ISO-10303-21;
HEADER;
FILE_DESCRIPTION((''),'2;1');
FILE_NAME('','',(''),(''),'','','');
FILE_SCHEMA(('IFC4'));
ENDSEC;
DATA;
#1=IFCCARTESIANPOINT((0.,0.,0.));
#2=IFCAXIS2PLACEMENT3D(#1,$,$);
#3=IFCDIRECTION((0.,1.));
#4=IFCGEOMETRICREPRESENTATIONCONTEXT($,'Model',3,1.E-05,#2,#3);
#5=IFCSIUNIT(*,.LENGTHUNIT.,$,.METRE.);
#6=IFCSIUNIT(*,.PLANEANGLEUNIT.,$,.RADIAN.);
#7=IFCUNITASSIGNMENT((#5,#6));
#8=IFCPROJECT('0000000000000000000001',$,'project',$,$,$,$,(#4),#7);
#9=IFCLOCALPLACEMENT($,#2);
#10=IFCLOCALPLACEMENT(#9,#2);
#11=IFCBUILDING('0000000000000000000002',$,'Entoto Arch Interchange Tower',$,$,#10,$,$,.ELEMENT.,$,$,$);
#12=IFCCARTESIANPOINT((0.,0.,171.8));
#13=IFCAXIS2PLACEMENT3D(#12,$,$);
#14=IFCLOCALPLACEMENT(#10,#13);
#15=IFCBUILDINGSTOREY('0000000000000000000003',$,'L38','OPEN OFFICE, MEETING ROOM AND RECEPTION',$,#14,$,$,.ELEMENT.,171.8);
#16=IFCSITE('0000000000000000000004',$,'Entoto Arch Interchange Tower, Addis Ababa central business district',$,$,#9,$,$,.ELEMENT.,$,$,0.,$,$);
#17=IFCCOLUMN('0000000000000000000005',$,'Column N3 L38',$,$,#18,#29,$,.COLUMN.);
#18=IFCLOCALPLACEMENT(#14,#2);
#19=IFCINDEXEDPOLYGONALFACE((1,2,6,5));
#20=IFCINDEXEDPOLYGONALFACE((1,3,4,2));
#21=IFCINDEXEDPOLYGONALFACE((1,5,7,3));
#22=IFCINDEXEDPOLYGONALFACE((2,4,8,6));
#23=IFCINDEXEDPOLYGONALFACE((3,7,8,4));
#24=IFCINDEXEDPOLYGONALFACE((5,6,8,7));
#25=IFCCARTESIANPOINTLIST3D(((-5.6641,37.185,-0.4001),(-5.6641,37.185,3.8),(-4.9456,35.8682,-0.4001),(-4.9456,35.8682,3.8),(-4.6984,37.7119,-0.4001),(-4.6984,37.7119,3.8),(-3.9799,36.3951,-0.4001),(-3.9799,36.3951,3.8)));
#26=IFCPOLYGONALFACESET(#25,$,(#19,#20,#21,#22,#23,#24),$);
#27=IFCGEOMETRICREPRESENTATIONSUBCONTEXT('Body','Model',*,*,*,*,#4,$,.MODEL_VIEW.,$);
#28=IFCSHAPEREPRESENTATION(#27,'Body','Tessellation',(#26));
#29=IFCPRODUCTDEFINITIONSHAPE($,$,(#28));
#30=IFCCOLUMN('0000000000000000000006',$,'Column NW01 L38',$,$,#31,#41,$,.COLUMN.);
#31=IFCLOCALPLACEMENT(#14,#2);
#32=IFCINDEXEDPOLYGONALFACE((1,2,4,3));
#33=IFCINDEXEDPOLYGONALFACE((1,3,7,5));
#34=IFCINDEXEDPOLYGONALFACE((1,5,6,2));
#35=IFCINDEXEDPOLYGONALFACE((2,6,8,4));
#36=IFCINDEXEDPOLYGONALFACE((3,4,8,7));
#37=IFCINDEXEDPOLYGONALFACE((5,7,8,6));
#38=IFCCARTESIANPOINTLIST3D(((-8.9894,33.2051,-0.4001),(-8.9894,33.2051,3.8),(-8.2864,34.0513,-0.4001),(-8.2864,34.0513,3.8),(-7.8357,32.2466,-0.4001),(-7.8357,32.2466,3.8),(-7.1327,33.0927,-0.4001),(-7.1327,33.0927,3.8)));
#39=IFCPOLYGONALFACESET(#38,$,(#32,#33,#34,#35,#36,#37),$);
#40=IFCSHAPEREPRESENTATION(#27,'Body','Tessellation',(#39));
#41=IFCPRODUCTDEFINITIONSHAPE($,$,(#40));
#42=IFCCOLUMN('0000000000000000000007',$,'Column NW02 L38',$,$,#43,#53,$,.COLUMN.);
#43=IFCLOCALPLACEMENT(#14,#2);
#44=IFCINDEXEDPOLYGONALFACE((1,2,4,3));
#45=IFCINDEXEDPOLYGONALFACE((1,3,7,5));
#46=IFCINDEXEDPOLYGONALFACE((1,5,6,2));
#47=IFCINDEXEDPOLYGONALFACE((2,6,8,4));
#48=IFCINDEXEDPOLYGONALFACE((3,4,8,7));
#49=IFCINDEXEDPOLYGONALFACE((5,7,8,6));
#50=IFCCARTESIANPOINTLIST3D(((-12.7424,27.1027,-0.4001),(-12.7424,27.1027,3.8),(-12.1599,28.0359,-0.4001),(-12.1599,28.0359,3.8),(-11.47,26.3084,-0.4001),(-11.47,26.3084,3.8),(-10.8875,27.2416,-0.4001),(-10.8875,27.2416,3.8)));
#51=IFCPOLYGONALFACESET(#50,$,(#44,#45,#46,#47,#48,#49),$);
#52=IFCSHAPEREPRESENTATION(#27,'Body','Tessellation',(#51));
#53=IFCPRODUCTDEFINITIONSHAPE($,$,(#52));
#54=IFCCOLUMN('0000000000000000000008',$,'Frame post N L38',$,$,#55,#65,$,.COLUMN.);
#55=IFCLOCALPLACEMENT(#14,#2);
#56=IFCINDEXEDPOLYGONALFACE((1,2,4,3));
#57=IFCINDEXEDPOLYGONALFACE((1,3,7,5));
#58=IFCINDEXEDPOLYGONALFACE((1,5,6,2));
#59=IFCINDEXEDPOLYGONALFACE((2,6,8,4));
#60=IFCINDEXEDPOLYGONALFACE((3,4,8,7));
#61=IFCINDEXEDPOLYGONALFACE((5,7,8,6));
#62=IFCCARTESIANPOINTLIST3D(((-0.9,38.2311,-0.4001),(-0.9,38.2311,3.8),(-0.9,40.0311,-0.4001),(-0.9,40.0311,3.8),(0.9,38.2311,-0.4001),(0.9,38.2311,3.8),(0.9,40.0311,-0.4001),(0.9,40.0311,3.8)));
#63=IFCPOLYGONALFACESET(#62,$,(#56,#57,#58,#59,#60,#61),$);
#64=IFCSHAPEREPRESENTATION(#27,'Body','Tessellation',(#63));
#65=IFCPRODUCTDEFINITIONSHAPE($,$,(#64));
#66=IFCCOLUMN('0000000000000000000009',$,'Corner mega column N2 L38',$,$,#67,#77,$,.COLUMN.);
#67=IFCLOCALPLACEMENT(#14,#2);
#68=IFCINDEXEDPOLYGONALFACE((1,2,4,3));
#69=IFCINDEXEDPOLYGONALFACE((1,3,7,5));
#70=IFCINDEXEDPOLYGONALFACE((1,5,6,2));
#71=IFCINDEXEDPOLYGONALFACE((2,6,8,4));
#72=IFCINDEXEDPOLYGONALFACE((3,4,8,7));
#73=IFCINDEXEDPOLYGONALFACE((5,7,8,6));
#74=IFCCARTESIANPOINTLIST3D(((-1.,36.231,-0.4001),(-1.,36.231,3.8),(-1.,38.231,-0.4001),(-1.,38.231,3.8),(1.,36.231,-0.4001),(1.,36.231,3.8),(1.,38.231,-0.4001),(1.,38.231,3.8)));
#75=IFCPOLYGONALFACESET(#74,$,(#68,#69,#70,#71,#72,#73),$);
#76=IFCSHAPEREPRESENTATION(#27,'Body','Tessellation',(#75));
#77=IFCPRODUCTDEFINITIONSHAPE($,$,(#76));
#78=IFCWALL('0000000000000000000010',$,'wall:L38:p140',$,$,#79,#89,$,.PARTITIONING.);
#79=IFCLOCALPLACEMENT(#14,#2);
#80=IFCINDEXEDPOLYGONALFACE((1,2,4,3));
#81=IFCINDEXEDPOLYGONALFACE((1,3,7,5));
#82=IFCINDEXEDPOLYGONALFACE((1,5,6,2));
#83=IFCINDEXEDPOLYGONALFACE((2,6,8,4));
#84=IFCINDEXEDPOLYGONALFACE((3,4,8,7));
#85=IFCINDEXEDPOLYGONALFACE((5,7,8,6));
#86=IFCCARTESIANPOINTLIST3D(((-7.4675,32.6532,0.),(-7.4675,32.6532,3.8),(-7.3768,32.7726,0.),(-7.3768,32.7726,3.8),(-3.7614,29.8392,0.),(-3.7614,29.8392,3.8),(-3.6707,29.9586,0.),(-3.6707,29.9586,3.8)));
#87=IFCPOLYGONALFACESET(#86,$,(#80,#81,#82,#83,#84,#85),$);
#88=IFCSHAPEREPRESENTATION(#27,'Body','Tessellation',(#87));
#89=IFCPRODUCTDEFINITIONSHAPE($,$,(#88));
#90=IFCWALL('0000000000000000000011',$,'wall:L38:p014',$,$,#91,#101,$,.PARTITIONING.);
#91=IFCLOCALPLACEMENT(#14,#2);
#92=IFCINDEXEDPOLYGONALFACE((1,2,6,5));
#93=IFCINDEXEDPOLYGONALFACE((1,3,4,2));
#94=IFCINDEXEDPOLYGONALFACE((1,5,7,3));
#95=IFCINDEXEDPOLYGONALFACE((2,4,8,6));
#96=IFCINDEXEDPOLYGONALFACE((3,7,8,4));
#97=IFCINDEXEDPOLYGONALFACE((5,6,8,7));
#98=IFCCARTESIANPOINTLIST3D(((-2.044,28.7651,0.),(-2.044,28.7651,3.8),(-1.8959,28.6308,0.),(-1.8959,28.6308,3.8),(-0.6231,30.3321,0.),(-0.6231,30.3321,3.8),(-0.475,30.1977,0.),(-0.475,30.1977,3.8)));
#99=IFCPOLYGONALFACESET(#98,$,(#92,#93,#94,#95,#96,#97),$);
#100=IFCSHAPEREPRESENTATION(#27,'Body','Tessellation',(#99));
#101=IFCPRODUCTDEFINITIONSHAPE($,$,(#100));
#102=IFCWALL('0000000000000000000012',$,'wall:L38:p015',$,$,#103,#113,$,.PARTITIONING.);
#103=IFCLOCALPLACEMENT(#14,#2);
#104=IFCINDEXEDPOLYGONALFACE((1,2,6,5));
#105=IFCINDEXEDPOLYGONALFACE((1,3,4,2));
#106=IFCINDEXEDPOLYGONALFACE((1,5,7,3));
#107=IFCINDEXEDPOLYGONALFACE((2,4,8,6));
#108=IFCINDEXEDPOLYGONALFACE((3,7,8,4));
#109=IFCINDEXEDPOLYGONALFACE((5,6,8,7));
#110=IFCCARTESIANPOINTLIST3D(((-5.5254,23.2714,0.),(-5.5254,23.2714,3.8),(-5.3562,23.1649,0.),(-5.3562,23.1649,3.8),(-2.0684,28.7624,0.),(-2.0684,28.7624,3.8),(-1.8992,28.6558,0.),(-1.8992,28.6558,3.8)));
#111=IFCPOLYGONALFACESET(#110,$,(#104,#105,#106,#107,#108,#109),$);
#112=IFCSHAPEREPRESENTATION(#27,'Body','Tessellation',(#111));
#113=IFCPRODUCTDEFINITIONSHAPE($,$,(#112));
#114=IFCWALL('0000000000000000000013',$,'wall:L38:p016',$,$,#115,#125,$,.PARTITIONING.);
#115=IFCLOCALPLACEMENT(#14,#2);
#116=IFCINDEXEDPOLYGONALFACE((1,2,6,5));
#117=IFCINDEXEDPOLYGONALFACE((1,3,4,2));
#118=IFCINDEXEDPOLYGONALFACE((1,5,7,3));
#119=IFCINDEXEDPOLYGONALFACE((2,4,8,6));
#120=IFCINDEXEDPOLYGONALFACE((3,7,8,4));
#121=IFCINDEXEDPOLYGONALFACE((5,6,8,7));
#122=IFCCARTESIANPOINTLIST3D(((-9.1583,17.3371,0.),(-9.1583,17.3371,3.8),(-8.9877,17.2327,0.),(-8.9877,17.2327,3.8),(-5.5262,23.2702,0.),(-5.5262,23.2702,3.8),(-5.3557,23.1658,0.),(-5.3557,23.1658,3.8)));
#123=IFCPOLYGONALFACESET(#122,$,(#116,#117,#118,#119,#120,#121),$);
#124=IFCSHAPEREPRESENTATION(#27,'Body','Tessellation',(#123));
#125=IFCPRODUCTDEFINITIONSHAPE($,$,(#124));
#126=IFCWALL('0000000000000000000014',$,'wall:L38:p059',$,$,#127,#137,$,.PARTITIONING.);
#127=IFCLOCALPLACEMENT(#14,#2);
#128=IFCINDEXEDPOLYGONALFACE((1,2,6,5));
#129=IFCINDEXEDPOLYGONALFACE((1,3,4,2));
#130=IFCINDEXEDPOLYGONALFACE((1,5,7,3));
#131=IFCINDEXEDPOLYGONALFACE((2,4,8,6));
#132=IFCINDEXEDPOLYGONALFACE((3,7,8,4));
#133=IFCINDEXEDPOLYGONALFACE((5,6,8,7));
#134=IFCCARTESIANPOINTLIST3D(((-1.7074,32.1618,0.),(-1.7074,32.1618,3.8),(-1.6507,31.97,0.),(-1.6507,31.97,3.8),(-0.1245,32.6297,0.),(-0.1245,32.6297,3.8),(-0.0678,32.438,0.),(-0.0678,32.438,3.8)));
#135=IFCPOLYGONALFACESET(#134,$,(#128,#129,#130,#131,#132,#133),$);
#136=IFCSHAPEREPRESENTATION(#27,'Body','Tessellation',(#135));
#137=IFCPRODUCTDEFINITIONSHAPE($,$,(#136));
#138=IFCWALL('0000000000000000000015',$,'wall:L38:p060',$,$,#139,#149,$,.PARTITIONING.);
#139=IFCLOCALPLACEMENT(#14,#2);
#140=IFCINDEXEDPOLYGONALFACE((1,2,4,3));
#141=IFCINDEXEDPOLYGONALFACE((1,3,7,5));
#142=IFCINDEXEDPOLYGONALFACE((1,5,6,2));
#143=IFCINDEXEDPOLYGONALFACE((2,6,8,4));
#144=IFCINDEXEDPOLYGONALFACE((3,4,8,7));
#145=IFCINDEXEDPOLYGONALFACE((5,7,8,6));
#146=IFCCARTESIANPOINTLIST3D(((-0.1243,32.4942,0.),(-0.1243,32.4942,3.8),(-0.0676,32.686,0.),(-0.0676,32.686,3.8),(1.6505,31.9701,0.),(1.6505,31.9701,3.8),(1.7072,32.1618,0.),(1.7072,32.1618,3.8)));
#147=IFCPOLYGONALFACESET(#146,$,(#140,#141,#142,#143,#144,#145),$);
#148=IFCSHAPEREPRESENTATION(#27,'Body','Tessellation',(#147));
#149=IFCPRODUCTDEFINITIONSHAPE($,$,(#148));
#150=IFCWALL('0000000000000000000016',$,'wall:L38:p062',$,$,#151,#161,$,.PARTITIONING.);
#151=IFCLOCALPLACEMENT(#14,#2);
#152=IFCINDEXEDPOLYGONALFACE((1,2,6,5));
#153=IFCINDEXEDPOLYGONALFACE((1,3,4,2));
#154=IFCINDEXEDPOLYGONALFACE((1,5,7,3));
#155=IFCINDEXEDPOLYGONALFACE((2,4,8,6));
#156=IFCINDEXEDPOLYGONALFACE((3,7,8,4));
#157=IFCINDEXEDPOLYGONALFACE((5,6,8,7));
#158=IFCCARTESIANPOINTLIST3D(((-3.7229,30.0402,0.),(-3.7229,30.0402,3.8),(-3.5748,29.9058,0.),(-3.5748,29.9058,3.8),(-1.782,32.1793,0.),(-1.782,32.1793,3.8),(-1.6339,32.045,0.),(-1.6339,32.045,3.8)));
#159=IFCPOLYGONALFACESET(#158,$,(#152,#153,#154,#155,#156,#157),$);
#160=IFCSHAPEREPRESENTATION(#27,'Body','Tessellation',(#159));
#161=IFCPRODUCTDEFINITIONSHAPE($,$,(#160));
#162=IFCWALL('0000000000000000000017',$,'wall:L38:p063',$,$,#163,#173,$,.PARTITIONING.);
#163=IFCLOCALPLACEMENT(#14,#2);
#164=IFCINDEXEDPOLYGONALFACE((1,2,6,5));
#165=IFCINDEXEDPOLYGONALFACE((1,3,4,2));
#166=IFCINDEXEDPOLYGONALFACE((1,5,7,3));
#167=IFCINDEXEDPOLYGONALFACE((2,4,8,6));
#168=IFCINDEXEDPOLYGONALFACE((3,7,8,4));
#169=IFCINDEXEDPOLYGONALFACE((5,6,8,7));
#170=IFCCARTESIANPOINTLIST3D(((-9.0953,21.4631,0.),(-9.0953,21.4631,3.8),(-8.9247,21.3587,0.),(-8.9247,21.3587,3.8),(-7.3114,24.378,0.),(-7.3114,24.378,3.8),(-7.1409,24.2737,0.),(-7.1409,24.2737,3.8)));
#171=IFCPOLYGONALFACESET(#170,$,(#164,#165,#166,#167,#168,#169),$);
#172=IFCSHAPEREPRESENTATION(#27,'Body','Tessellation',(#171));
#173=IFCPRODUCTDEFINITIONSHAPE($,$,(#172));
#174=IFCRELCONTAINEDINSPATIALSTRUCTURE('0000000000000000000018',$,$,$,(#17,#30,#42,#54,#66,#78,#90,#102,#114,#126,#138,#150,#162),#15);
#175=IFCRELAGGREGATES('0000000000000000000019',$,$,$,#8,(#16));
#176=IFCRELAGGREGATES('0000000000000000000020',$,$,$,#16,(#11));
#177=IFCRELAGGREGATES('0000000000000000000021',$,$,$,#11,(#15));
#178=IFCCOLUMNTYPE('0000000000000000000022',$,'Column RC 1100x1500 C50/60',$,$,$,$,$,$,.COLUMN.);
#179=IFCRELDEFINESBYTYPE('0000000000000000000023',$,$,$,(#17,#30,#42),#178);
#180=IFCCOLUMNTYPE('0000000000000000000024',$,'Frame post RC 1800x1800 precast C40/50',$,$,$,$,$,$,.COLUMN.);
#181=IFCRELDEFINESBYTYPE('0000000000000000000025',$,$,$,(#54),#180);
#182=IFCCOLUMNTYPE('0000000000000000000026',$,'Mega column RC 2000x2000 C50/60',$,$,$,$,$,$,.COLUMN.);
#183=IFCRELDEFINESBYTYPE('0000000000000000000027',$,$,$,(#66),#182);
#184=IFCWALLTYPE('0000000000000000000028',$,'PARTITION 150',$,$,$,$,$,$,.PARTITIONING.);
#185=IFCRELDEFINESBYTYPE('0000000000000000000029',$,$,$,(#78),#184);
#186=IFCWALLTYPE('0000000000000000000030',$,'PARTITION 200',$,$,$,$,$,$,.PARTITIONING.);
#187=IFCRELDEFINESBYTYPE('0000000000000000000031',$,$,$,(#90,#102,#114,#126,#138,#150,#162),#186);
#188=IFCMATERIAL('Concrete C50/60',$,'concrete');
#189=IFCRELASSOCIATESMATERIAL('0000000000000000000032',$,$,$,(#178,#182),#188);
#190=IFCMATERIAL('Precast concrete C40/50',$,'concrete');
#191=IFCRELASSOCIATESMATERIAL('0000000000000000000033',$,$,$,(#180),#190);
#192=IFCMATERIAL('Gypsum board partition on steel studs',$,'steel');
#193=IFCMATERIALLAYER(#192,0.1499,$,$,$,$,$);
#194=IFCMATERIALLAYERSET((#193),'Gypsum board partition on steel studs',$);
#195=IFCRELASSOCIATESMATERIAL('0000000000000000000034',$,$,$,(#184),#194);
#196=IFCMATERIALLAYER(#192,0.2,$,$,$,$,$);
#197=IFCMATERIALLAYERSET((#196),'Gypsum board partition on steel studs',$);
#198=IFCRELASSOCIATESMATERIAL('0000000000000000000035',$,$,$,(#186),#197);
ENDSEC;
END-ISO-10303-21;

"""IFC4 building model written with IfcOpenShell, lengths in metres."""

from ifc_helpers import new_model, si_unit, direction, frame, frame_2d, origin, origin_2d, place, context, subcontext, project, spatial, rectangle, extrude, material, layer, layer_set, material_profile, profile_set, type_object, element, save


model = new_model("IFC4")

# Units and contexts
model_context = context("Model", 3, precision=1e-05, world=origin(), true_north=direction((0.0, 1.0)))
body_context = subcontext(model_context, "Body", "Model", "MODEL_VIEW")
ifc_project = project(units=[si_unit("LENGTHUNIT", "METRE"), si_unit("PLANEANGLEUNIT", "RADIAN")], contexts=[model_context])

# Site, building, storey
site_placement = place(None, origin())
site = spatial("IfcSite", under=ifc_project, at=site_placement, Name="Entoto Arch Interchange Tower, Addis Ababa central business district", CompositionType="ELEMENT", RefElevation=0.0)
building_placement = place(site_placement, origin())
building = spatial("IfcBuilding", under=site, at=building_placement, Name="Entoto Arch Interchange Tower", CompositionType="ELEMENT")
storey_placement = place(building_placement, frame((0.0, 0.0, 171.8)))
storey = spatial("IfcBuildingStorey", under=building, at=storey_placement, Name="L38", Description="OPEN OFFICE, MEETING ROOM AND RECEPTION", CompositionType="ELEMENT", Elevation=171.8)

# Columns
ifc_material_1 = material(Name="Concrete C50/60", Category="concrete")
ifc_material_profile_1 = material_profile(ifc_material_1, rectangle(XDim=1.1001, YDim=1.5, at=origin_2d()))
ifc_profile_set_1 = profile_set([ifc_material_profile_1], Name="Concrete C50/60")
column_type_1 = type_object("IfcColumnType", Name="Column RC 1100x1500 C50/60", PredefinedType="COLUMN", material=ifc_profile_set_1)
for number, where, z_axis, x_axis, name in (
    (1, (-4.822, 36.79, -0.4001), (0.0, 0.0, 1.0), (0.877833, 0.478968, 0.0), "Column N3 L38"),
    (2, (-8.061, 33.1489, -0.4001), (0.0, 0.0, 1.0), (0.63905, 0.769165, 0.0), "Column NW01 L38"),
    (3, (-11.8149, 27.1721, -0.4001), (0.0, 0.0, 1.0), (0.529549, 0.848279, 0.0), "Column NW02 L38"),
):
    element("IfcColumn", number, at=place(storey_placement, frame(where, z_axis=z_axis, x_axis=x_axis)), inside=storey, type_object=column_type_1, Name=name, PredefinedType="COLUMN", context=body_context, shape_type="SweptSolid", body=[
        extrude(rectangle(XDim=1.1001, YDim=1.5, at=origin_2d()), origin(), (0.0, 0.0, 1.0), 4.2002),
    ])
ifc_material_2 = material(Name="Precast concrete C40/50", Category="concrete")
ifc_material_profile_2 = material_profile(ifc_material_2, rectangle(XDim=1.8, YDim=1.8, at=origin_2d()))
ifc_profile_set_2 = profile_set([ifc_material_profile_2], Name="Precast concrete C40/50")
column_type_2 = type_object("IfcColumnType", Name="Frame post RC 1800x1800 precast C40/50", PredefinedType="COLUMN", material=ifc_profile_set_2)
column_1_placement = place(storey_placement, frame((0.0, 39.1311, -0.4001), z_axis=(0.0, 0.0, 1.0), x_axis=(0.0, 1.0, 0.0)))
element("IfcColumn", 4, at=column_1_placement, inside=storey, type_object=column_type_2, Name="Frame post N L38", PredefinedType="COLUMN", context=body_context, shape_type="SweptSolid", body=[
    extrude(rectangle(XDim=1.8, YDim=1.8, at=origin_2d()), origin(), (0.0, 0.0, 1.0), 4.2002),
])
ifc_material_profile_3 = material_profile(ifc_material_1, rectangle(XDim=2.0, YDim=2.0, at=origin_2d()))
ifc_profile_set_3 = profile_set([ifc_material_profile_3], Name="Concrete C50/60")
column_type_3 = type_object("IfcColumnType", Name="Mega column RC 2000x2000 C50/60", PredefinedType="COLUMN", material=ifc_profile_set_3)
column_2_placement = place(storey_placement, frame((0.0, 37.231, -0.4001), z_axis=(0.0, 0.0, 1.0), x_axis=(0.0, 1.0, 0.0)))
element("IfcColumn", 5, at=column_2_placement, inside=storey, type_object=column_type_3, Name="Corner mega column N2 L38", PredefinedType="COLUMN", context=body_context, shape_type="SweptSolid", body=[
    extrude(rectangle(XDim=2.0, YDim=2.0, at=origin_2d()), origin(), (0.0, 0.0, 1.0), 4.2002),
])

# Walls
ifc_material_3 = material(Name="Gypsum board partition on steel studs", Category="steel")
ifc_layer_1 = layer(ifc_material_3, 0.1499)
ifc_layer_set_1 = layer_set([ifc_layer_1], Name="Gypsum board partition on steel studs")
wall_type_1 = type_object("IfcWallType", Name="PARTITION 150", PredefinedType="PARTITIONING", material=ifc_layer_set_1)
wall_1_placement = place(storey_placement, frame((-3.7161, 29.8989, 0.0), z_axis=(0.0, 0.0, 1.0), x_axis=(-0.796435, 0.604724, 0.0)))
element("IfcWall", 6, at=wall_1_placement, inside=storey, type_object=wall_type_1, Name="wall:L38:p140", PredefinedType="PARTITIONING", context=body_context, shape_type="SweptSolid", body=[
    extrude(rectangle(XDim=4.6533, YDim=0.1499, at=frame_2d((2.3267, 0.0))), origin(), (0.0, 0.0, 1.0), 3.8),
])
ifc_layer_2 = layer(ifc_material_3, 0.2)
ifc_layer_set_2 = layer_set([ifc_layer_2], Name="Gypsum board partition on steel studs")
wall_type_2 = type_object("IfcWallType", Name="PARTITION 200", PredefinedType="PARTITIONING", material=ifc_layer_set_2)
wall_2_placement = place(storey_placement, frame((-0.5491, 30.2649, 0.0), z_axis=(0.0, 0.0, 1.0), x_axis=(-0.671753, -0.740775, 0.0)))
element("IfcWall", 7, at=wall_2_placement, inside=storey, type_object=wall_type_2, Name="wall:L38:p014", PredefinedType="PARTITIONING", context=body_context, shape_type="SweptSolid", body=[
    extrude(rectangle(XDim=2.1152, YDim=0.2, at=frame_2d((1.0576, 0.0))), origin(), (0.0, 0.0, 1.0), 3.8),
])
wall_3_placement = place(storey_placement, frame((-1.9839, 28.709, 0.0), z_axis=(0.0, 0.0, 1.0), x_axis=(-0.532786, -0.84625, 0.0)))
element("IfcWall", 8, at=wall_3_placement, inside=storey, type_object=wall_type_2, Name="wall:L38:p015", PredefinedType="PARTITIONING", context=body_context, shape_type="SweptSolid", body=[
    extrude(rectangle(XDim=6.4885, YDim=0.2, at=frame_2d((3.2441, 0.0))), origin(), (0.0, 0.0, 1.0), 3.8),
])
wall_4_placement = place(storey_placement, frame((-5.4409, 23.218, 0.0), z_axis=(0.0, 0.0, 1.0), x_axis=(-0.522109, -0.852879, 0.0)))
element("IfcWall", 9, at=wall_4_placement, inside=storey, type_object=wall_type_2, Name="wall:L38:p016", PredefinedType="PARTITIONING", context=body_context, shape_type="SweptSolid", body=[
    extrude(rectangle(XDim=6.9565, YDim=0.2, at=frame_2d((3.4783, 0.0))), origin(), (0.0, 0.0, 1.0), 3.8),
])
wall_5_placement = place(storey_placement, frame((-1.679, 32.0659, 0.0), z_axis=(0.0, 0.0, 1.0), x_axis=(0.958967, 0.283519, 0.0)))
element("IfcWall", 10, at=wall_5_placement, inside=storey, type_object=wall_type_2, Name="wall:L38:p059", PredefinedType="PARTITIONING", context=body_context, shape_type="SweptSolid", body=[
    extrude(rectangle(XDim=1.6506, YDim=0.2, at=frame_2d((0.8252, 0.0))), origin(), (0.0, 0.0, 1.0), 3.8),
])
wall_6_placement = place(storey_placement, frame((-0.0959, 32.5901, 0.0), z_axis=(0.0, 0.0, 1.0), x_axis=(0.959052, -0.28323, 0.0)))
element("IfcWall", 11, at=wall_6_placement, inside=storey, type_object=wall_type_2, Name="wall:L38:p060", PredefinedType="PARTITIONING", context=body_context, shape_type="SweptSolid", body=[
    extrude(rectangle(XDim=1.8506, YDim=0.2, at=frame_2d((0.9253, 0.0))), origin(), (0.0, 0.0, 1.0), 3.8),
])
wall_7_placement = place(storey_placement, frame((-3.6489, 29.9729, 0.0), z_axis=(0.0, 0.0, 1.0), x_axis=(0.671957, 0.74059, 0.0)))
element("IfcWall", 12, at=wall_7_placement, inside=storey, type_object=wall_type_2, Name="wall:L38:p062", PredefinedType="PARTITIONING", context=body_context, shape_type="SweptSolid", body=[
    extrude(rectangle(XDim=2.8884, YDim=0.2, at=frame_2d((1.4443, 0.0))), origin(), (0.0, 0.0, 1.0), 3.8),
])
wall_8_placement = place(storey_placement, frame((-9.01, 21.4109, 0.0), z_axis=(0.0, 0.0, 1.0), x_axis=(0.521987, 0.852953, 0.0)))
element("IfcWall", 13, at=wall_8_placement, inside=storey, type_object=wall_type_2, Name="wall:L38:p063", PredefinedType="PARTITIONING", context=body_context, shape_type="SweptSolid", body=[
    extrude(rectangle(XDim=3.4175, YDim=0.2, at=frame_2d((1.7087, 0.0))), origin(), (0.0, 0.0, 1.0), 3.8),
])

save(model, "model.ifc")
